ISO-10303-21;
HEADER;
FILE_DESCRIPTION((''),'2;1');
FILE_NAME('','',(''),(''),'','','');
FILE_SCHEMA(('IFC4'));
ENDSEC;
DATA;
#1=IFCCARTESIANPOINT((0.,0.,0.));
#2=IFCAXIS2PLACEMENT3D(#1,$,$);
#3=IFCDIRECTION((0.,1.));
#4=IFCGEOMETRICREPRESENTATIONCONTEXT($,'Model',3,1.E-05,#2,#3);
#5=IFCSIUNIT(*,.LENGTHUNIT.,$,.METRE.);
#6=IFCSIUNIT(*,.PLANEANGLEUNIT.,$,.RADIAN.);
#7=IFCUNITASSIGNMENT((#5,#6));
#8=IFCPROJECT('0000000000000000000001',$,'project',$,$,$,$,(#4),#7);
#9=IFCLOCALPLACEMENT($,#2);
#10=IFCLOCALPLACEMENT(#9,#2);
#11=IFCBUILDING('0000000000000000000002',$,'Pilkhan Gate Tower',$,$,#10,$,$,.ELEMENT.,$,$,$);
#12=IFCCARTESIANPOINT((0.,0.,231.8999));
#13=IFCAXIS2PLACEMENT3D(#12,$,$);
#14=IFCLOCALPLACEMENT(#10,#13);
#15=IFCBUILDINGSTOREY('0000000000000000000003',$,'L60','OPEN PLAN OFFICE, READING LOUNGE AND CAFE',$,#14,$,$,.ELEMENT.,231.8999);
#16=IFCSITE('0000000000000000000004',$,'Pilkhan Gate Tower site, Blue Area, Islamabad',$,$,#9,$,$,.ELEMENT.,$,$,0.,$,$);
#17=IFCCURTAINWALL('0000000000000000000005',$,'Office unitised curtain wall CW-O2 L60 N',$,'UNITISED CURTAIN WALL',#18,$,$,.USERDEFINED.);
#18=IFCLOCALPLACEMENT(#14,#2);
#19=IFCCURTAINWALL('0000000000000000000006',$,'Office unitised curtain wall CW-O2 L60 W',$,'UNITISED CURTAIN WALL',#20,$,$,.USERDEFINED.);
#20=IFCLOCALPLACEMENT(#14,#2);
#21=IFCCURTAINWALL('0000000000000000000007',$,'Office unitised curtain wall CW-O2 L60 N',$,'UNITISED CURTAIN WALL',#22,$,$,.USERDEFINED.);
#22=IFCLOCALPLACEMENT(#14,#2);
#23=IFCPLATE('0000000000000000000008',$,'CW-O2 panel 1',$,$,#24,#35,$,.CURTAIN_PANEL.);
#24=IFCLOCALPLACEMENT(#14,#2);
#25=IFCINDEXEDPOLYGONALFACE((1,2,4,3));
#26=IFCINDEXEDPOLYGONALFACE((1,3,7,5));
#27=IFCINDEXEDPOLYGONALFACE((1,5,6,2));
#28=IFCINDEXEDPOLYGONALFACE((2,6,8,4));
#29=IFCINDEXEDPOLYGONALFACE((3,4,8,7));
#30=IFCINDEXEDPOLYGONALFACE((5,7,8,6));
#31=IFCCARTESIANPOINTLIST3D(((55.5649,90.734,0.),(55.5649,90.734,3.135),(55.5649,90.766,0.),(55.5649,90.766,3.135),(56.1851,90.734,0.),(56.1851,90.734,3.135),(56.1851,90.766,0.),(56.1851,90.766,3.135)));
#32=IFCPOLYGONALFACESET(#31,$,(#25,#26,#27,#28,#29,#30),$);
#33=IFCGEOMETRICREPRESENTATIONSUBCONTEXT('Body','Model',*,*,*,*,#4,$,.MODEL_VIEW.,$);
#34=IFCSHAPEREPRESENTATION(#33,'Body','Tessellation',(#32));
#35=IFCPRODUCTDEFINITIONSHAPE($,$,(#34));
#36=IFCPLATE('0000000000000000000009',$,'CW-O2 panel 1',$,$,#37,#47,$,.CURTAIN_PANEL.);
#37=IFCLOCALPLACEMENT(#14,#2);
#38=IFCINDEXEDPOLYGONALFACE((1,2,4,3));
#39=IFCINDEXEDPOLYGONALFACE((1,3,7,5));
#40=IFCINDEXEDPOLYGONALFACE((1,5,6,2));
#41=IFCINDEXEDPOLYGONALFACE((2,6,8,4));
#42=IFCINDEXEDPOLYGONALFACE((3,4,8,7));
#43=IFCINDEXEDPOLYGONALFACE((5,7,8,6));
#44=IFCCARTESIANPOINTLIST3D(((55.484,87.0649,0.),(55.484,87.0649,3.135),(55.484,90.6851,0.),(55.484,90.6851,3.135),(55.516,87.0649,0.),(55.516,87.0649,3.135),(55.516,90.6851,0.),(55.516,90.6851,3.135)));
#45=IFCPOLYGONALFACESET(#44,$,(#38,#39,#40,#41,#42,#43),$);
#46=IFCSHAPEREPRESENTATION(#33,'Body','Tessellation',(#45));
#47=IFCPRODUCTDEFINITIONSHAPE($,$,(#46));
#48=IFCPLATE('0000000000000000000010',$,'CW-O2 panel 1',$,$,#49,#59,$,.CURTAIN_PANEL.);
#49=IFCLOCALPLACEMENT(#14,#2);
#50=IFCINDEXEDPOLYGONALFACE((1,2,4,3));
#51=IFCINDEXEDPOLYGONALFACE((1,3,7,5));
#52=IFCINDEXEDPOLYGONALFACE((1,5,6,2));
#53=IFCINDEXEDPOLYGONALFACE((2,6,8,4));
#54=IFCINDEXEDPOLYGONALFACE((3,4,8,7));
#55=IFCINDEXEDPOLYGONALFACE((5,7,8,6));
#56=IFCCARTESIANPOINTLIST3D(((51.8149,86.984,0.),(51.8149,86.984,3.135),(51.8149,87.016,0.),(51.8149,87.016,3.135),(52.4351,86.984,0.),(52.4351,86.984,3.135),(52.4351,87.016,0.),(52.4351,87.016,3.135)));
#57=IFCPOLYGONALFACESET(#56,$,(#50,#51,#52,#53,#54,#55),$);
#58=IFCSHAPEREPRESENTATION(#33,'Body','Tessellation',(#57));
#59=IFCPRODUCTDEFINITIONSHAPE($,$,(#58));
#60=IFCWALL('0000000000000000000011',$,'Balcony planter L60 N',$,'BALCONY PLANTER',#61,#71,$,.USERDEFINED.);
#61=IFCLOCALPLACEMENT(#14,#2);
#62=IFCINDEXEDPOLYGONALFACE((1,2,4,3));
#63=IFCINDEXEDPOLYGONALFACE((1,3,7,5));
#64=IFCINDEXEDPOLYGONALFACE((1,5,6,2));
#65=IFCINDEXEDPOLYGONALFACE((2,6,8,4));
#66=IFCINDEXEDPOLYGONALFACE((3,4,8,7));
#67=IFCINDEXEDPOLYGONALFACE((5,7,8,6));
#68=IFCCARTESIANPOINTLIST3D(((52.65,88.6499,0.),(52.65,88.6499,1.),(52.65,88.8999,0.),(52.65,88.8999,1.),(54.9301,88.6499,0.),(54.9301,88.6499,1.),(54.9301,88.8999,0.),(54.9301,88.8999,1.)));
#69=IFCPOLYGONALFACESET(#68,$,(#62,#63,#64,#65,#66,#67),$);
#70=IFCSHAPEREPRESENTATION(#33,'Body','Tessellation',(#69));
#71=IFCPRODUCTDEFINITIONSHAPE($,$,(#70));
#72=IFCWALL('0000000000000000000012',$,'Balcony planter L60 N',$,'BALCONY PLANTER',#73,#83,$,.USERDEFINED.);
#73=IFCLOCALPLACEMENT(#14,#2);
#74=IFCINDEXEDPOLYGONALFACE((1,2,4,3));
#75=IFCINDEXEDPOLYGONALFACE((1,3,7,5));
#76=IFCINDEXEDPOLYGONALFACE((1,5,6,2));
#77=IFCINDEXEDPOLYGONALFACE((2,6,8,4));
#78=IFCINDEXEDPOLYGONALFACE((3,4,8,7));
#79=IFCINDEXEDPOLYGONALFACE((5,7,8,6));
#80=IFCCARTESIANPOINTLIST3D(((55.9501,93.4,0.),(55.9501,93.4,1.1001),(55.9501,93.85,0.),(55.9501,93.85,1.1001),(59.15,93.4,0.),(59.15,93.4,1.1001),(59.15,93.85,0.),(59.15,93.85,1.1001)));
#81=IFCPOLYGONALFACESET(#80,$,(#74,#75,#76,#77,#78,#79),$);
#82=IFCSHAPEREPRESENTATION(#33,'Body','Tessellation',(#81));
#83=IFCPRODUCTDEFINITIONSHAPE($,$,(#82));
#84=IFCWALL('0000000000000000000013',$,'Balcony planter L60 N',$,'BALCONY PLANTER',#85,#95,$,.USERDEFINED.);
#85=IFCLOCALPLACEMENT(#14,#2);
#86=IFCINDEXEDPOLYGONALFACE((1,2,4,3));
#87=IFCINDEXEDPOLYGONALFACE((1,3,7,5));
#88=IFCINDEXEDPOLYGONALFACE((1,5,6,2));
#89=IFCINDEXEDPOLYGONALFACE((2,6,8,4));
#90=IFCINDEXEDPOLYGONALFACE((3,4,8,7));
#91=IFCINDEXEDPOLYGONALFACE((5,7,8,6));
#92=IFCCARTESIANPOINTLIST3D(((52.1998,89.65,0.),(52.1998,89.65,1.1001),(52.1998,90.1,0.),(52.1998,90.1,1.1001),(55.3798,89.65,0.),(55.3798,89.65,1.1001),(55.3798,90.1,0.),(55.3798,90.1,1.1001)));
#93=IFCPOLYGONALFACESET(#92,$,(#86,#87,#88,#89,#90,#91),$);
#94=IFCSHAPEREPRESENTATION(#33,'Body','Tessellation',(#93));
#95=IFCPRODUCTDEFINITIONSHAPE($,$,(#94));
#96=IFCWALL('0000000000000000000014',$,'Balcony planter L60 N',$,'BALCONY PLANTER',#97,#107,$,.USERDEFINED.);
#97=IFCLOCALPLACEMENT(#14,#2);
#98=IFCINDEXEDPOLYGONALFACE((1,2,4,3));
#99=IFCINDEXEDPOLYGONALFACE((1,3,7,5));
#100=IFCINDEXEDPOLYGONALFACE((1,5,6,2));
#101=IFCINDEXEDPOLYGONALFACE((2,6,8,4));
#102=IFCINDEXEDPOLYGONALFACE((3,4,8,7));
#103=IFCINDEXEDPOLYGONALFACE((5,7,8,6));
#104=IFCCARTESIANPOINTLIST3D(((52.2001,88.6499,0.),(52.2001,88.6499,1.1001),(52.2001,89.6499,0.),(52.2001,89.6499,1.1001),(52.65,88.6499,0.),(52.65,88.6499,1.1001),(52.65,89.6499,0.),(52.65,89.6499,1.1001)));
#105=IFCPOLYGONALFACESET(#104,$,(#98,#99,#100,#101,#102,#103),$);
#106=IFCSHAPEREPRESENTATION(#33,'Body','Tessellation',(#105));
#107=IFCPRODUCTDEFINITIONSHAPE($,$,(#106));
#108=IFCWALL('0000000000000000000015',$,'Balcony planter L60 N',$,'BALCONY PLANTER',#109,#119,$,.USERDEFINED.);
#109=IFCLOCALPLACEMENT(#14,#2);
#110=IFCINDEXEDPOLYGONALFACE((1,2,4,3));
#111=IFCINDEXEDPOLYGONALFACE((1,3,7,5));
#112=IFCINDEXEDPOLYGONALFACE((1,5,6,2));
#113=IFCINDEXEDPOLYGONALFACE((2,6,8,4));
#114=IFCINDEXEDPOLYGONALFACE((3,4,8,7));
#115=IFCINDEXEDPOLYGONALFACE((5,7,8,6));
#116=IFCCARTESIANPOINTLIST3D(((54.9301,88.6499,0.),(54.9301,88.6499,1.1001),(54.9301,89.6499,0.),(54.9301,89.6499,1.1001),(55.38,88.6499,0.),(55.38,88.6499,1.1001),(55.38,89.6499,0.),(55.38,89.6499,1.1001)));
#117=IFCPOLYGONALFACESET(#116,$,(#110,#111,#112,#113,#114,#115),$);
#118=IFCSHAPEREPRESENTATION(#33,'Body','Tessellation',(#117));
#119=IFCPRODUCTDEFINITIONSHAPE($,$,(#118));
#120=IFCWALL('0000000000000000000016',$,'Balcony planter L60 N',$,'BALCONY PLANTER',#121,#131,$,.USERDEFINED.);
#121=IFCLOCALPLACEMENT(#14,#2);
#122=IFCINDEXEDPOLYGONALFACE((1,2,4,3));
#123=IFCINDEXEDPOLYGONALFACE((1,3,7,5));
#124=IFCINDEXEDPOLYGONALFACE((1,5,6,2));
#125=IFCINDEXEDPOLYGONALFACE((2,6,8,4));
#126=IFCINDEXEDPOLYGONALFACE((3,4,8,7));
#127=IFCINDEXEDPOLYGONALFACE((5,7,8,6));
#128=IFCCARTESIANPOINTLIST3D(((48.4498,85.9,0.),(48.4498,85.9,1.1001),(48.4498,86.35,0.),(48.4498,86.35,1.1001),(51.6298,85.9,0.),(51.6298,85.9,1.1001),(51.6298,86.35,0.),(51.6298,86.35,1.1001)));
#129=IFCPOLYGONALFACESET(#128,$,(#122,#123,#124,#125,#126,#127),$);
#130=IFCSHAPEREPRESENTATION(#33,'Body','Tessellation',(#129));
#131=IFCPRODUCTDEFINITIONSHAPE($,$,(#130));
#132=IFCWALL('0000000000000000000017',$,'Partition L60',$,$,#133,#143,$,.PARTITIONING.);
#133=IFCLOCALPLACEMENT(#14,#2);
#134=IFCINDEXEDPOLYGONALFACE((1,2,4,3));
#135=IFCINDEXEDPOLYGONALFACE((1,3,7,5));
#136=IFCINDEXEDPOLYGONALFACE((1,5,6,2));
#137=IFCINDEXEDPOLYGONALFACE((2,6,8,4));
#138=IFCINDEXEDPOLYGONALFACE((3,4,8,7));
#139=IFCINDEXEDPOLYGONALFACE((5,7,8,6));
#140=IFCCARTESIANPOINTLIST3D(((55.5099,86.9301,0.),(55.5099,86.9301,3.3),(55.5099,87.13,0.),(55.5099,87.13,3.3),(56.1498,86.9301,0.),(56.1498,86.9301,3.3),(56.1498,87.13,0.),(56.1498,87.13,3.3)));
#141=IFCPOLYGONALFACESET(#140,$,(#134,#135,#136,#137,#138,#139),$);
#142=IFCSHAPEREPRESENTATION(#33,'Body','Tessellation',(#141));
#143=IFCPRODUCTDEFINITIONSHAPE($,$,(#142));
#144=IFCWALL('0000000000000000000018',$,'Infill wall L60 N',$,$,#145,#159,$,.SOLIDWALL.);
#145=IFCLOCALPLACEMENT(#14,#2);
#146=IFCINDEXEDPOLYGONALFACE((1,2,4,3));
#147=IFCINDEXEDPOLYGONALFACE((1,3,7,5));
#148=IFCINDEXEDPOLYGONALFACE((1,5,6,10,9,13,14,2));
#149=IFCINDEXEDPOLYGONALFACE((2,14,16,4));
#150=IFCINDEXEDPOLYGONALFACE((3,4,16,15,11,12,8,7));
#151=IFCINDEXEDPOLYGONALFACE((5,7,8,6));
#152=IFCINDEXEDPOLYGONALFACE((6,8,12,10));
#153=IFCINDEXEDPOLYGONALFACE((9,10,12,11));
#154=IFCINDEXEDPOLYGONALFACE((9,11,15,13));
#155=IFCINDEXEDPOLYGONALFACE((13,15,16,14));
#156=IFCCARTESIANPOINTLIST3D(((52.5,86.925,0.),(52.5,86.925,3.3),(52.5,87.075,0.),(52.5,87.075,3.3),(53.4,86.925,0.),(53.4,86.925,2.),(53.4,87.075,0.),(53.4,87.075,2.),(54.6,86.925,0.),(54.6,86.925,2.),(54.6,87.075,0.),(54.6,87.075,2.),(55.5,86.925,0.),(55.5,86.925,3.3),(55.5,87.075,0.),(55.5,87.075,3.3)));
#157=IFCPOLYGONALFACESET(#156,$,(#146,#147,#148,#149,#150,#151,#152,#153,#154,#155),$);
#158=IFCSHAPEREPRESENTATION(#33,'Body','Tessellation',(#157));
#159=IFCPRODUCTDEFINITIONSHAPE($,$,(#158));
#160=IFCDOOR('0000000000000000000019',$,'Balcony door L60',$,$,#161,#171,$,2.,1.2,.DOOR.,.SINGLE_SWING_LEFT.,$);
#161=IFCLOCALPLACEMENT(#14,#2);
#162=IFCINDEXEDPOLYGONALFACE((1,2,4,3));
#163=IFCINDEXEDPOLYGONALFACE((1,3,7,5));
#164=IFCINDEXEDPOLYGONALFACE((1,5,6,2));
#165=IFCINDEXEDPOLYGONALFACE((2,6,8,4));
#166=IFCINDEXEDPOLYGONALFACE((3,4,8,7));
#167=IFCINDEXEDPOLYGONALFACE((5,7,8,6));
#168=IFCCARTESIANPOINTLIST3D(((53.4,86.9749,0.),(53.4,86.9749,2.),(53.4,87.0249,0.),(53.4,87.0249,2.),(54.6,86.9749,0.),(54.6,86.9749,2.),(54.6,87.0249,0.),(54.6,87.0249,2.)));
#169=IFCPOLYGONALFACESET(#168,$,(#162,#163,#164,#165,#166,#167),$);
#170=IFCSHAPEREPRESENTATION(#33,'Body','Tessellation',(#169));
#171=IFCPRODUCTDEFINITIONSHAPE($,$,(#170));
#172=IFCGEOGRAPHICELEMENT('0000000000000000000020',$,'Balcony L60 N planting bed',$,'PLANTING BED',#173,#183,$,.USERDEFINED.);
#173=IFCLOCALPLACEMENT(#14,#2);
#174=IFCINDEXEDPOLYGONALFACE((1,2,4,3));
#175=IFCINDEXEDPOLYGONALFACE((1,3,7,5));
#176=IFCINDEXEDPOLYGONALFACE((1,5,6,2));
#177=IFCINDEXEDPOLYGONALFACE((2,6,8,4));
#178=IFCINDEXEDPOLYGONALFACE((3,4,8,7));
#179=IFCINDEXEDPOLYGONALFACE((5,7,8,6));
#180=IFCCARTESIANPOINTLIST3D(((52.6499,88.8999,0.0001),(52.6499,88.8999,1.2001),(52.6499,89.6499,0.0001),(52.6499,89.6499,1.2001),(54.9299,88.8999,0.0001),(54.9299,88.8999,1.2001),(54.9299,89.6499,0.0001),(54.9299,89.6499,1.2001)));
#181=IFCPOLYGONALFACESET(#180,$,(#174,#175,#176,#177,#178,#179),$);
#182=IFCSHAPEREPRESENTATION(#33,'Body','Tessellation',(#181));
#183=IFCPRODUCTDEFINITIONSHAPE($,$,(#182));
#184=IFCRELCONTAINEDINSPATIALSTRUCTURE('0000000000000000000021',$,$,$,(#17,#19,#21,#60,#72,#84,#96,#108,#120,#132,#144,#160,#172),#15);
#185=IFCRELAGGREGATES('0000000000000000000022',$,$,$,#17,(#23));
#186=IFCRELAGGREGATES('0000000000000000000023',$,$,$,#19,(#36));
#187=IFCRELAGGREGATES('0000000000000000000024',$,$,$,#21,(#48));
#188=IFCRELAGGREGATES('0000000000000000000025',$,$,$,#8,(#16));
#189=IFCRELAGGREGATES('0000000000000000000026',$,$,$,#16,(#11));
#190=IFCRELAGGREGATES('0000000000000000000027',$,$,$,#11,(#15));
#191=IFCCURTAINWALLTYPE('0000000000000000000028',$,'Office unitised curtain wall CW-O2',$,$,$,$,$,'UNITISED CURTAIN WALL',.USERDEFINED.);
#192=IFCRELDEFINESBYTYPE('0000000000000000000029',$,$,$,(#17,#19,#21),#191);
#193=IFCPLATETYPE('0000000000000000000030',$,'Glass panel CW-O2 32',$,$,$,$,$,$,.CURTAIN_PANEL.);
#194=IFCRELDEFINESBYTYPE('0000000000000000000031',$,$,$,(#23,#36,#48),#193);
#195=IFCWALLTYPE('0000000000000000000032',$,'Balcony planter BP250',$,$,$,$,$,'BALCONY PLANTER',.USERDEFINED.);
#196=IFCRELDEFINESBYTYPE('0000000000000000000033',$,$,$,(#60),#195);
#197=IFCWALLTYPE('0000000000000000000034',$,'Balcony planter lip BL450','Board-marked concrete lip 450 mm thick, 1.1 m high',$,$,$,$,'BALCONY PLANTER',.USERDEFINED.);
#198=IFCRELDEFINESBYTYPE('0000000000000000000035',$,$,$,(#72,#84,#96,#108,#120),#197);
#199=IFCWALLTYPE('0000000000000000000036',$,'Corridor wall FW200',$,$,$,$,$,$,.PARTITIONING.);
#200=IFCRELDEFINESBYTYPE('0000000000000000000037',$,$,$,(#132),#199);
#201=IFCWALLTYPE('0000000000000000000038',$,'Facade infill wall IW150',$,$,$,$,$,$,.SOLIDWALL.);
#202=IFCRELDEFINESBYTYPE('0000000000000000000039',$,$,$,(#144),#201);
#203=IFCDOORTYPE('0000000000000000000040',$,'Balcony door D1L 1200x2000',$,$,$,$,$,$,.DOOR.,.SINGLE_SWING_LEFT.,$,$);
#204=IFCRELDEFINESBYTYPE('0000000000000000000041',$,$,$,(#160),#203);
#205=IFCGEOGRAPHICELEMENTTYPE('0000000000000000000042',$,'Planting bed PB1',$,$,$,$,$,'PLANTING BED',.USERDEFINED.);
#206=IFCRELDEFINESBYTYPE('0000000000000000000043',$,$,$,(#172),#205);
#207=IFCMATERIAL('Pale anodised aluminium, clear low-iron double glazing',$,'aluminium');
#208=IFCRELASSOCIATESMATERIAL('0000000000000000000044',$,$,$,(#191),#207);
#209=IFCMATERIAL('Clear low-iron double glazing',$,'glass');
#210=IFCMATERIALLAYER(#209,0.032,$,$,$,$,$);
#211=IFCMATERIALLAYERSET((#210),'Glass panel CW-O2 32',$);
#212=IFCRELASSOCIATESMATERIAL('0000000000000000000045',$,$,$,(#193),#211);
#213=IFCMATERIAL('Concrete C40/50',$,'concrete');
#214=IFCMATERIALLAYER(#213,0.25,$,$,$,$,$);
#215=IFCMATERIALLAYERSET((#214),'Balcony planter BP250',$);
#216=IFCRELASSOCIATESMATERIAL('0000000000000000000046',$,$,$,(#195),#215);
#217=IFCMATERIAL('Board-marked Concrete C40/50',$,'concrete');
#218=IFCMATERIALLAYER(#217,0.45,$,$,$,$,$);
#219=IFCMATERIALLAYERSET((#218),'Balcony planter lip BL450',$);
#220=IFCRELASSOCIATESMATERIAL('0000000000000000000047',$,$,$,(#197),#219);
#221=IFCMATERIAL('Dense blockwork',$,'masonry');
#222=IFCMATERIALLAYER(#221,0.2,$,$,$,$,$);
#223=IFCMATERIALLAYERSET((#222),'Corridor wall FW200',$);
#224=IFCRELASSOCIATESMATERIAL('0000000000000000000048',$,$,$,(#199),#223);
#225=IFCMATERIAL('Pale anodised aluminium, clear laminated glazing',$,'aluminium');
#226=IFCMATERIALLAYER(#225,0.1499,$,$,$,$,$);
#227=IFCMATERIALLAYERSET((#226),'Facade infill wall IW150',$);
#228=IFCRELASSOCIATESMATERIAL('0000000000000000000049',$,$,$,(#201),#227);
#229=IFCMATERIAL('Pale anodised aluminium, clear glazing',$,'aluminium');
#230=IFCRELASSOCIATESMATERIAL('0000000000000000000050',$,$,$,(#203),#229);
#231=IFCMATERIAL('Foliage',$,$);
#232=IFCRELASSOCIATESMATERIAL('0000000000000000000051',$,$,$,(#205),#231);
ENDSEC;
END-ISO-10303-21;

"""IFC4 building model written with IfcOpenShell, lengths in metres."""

from ifc_helpers import new_model, si_unit, direction, frame, frame_2d, origin, origin_2d, place, context, subcontext, project, spatial, rectangle, extrude, material, layer, layer_set, material_profile, profile_set, type_object, element, fill, aggregate, save


model = new_model("IFC4")

# Units and contexts
model_context = context("Model", 3, precision=1e-05, world=origin(), true_north=direction((0.0, 1.0)))
body_context = subcontext(model_context, "Body", "Model", "MODEL_VIEW")
ifc_project = project(units=[si_unit("LENGTHUNIT", "METRE"), si_unit("PLANEANGLEUNIT", "RADIAN")], contexts=[model_context])

# Site, building, storey
site_placement = place(None, origin())
site = spatial("IfcSite", under=ifc_project, at=site_placement, Name="Pilkhan Gate Tower site, Blue Area, Islamabad", CompositionType="ELEMENT", RefElevation=0.0)
building_placement = place(site_placement, origin())
building = spatial("IfcBuilding", under=site, at=building_placement, Name="Pilkhan Gate Tower", CompositionType="ELEMENT")
storey_placement = place(building_placement, frame((0.0, 0.0, 231.8999)))
storey = spatial("IfcBuildingStorey", under=building, at=storey_placement, Name="L60", Description="OPEN PLAN OFFICE, READING LOUNGE AND CAFE", CompositionType="ELEMENT", Elevation=231.8999)

# Curtain wall
ifc_material_1 = material(Name="Pale anodised aluminium, clear low-iron double glazing", Category="aluminium")
curtain_wall_type = type_object("IfcCurtainWallType", Name="Office unitised curtain wall CW-O2", ElementType="UNITISED CURTAIN WALL", PredefinedType="USERDEFINED", material=ifc_material_1)
curtain_wall_1_placement = place(storey_placement, origin())
curtain_wall_1 = element("IfcCurtainWall", 1, at=curtain_wall_1_placement, inside=storey, type_object=curtain_wall_type, Name="Office unitised curtain wall CW-O2 L60 N", ObjectType="UNITISED CURTAIN WALL", PredefinedType="USERDEFINED")

# Curtain walls
curtain_wall_2_placement = place(storey_placement, origin())
curtain_wall_2 = element("IfcCurtainWall", 2, at=curtain_wall_2_placement, inside=storey, type_object=curtain_wall_type, Name="Office unitised curtain wall CW-O2 L60 W", ObjectType="UNITISED CURTAIN WALL", PredefinedType="USERDEFINED")
curtain_wall_3_placement = place(storey_placement, origin())
curtain_wall_3 = element("IfcCurtainWall", 3, at=curtain_wall_3_placement, inside=storey, type_object=curtain_wall_type, Name="Office unitised curtain wall CW-O2 L60 N", ObjectType="UNITISED CURTAIN WALL", PredefinedType="USERDEFINED")

# Plates
ifc_material_2 = material(Name="Clear low-iron double glazing", Category="glass")
ifc_layer_1 = layer(ifc_material_2, 0.032)
ifc_layer_set_1 = layer_set([ifc_layer_1], Name="Glass panel CW-O2 32")
plate_type = type_object("IfcPlateType", Name="Glass panel CW-O2 32", PredefinedType="CURTAIN_PANEL", material=ifc_layer_set_1)
plate_1_placement = place(storey_placement, frame((55.875, 90.75, 0.0), z_axis=(0.0, 0.0, 1.0), x_axis=(1.0, 0.0, 0.0)))
plate_1 = element("IfcPlate", 4, at=plate_1_placement, type_object=plate_type, Name="CW-O2 panel 1", PredefinedType="CURTAIN_PANEL", context=body_context, shape_type="SweptSolid", body=[
    extrude(rectangle(XDim=0.6201, YDim=0.032, at=origin_2d()), origin(), (0.0, 0.0, 1.0), 3.135),
])
aggregate(curtain_wall_1, [plate_1])
plate_2_placement = place(storey_placement, frame((55.5, 88.875, 0.0), z_axis=(0.0, 0.0, 1.0), x_axis=(0.0, 1.0, 0.0)))
plate_2 = element("IfcPlate", 5, at=plate_2_placement, type_object=plate_type, Name="CW-O2 panel 1", PredefinedType="CURTAIN_PANEL", context=body_context, shape_type="SweptSolid", body=[
    extrude(rectangle(XDim=3.6201, YDim=0.032, at=origin_2d()), origin(), (0.0, 0.0, 1.0), 3.135),
])
aggregate(curtain_wall_2, [plate_2])
plate_3_placement = place(storey_placement, frame((52.125, 87.0, 0.0), z_axis=(0.0, 0.0, 1.0), x_axis=(1.0, 0.0, 0.0)))
plate_3 = element("IfcPlate", 6, at=plate_3_placement, type_object=plate_type, Name="CW-O2 panel 1", PredefinedType="CURTAIN_PANEL", context=body_context, shape_type="SweptSolid", body=[
    extrude(rectangle(XDim=0.6201, YDim=0.032, at=origin_2d()), origin(), (0.0, 0.0, 1.0), 3.135),
])
aggregate(curtain_wall_3, [plate_3])

# Walls
ifc_material_3 = material(Name="Concrete C40/50", Category="concrete")
ifc_layer_2 = layer(ifc_material_3, 0.25)
ifc_layer_set_2 = layer_set([ifc_layer_2], Name="Balcony planter BP250")
wall_type_1 = type_object("IfcWallType", Name="Balcony planter BP250", ElementType="BALCONY PLANTER", PredefinedType="USERDEFINED", material=ifc_layer_set_2)
wall_1_placement = place(storey_placement, frame((52.6499, 88.7749, 0.0), z_axis=(0.0, 0.0, 1.0), x_axis=(1.0, 0.0, 0.0)))
element("IfcWall", 7, at=wall_1_placement, inside=storey, type_object=wall_type_1, Name="Balcony planter L60 N", ObjectType="BALCONY PLANTER", PredefinedType="USERDEFINED", context=body_context, shape_type="SweptSolid", body=[
    extrude(rectangle(XDim=2.28, YDim=0.25, at=frame_2d((1.1401, 0.0))), origin(), (0.0, 0.0, 1.0), 1.0),
])
ifc_material_4 = material(Name="Board-marked Concrete C40/50", Category="concrete")
ifc_layer_3 = layer(ifc_material_4, 0.45)
ifc_layer_set_3 = layer_set([ifc_layer_3], Name="Balcony planter lip BL450")
wall_type_2 = type_object("IfcWallType", Name="Balcony planter lip BL450", Description="Board-marked concrete lip 450 mm thick, 1.1 m high", ElementType="BALCONY PLANTER", PredefinedType="USERDEFINED", material=ifc_layer_set_3)
wall_2_placement = place(storey_placement, frame((55.95, 93.625, 0.0), z_axis=(0.0, 0.0, 1.0), x_axis=(1.0, 0.0, 0.0)))
element("IfcWall", 8, at=wall_2_placement, inside=storey, type_object=wall_type_2, Name="Balcony planter L60 N", ObjectType="BALCONY PLANTER", PredefinedType="USERDEFINED", context=body_context, shape_type="SweptSolid", body=[
    extrude(rectangle(XDim=3.2, YDim=0.45, at=frame_2d((1.6001, 0.0))), origin(), (0.0, 0.0, 1.0), 1.1001),
])
wall_3_placement = place(storey_placement, frame((52.2, 89.875, 0.0), z_axis=(0.0, 0.0, 1.0), x_axis=(1.0, 0.0, 0.0)))
element("IfcWall", 9, at=wall_3_placement, inside=storey, type_object=wall_type_2, Name="Balcony planter L60 N", ObjectType="BALCONY PLANTER", PredefinedType="USERDEFINED", context=body_context, shape_type="SweptSolid", body=[
    extrude(rectangle(XDim=3.1799, YDim=0.45, at=frame_2d((1.5898, 0.0))), origin(), (0.0, 0.0, 1.0), 1.1001),
])
for number, where, z_axis, x_axis, name in (
    (10, (52.425, 88.6499, 0.0), (0.0, 0.0, 1.0), (0.0, 1.0, 0.0), "Balcony planter L60 N"),
    (11, (55.155, 88.6499, 0.0), (0.0, 0.0, 1.0), (0.0, 1.0, 0.0), "Balcony planter L60 N"),
):
    element("IfcWall", number, at=place(storey_placement, frame(where, z_axis=z_axis, x_axis=x_axis)), inside=storey, type_object=wall_type_2, Name=name, ObjectType="BALCONY PLANTER", PredefinedType="USERDEFINED", context=body_context, shape_type="SweptSolid", body=[
        extrude(rectangle(XDim=1.0, YDim=0.45, at=frame_2d((0.5, 0.0))), origin(), (0.0, 0.0, 1.0), 1.1001),
    ])
wall_4_placement = place(storey_placement, frame((48.45, 86.125, 0.0), z_axis=(0.0, 0.0, 1.0), x_axis=(1.0, 0.0, 0.0)))
element("IfcWall", 12, at=wall_4_placement, inside=storey, type_object=wall_type_2, Name="Balcony planter L60 N", ObjectType="BALCONY PLANTER", PredefinedType="USERDEFINED", context=body_context, shape_type="SweptSolid", body=[
    extrude(rectangle(XDim=3.1799, YDim=0.45, at=frame_2d((1.5898, 0.0))), origin(), (0.0, 0.0, 1.0), 1.1001),
])
ifc_material_5 = material(Name="Dense blockwork", Category="masonry")
ifc_layer_4 = layer(ifc_material_5, 0.2)
ifc_layer_set_4 = layer_set([ifc_layer_4], Name="Corridor wall FW200")
wall_type_3 = type_object("IfcWallType", Name="Corridor wall FW200", PredefinedType="PARTITIONING", material=ifc_layer_set_4)
wall_5_placement = place(storey_placement, frame((55.51, 87.03, 0.0), z_axis=(0.0, 0.0, 1.0), x_axis=(1.0, 0.0, 0.0)))
element("IfcWall", 13, at=wall_5_placement, inside=storey, type_object=wall_type_3, Name="Partition L60", PredefinedType="PARTITIONING", context=body_context, shape_type="SweptSolid", body=[
    extrude(rectangle(XDim=0.6399, YDim=0.2, at=frame_2d((0.3198, 0.0))), origin(), (0.0, 0.0, 1.0), 3.3),
])

# Wall, opening, door
ifc_material_6 = material(Name="Pale anodised aluminium, clear laminated glazing", Category="aluminium")
ifc_layer_5 = layer(ifc_material_6, 0.1499)
ifc_layer_set_5 = layer_set([ifc_layer_5], Name="Facade infill wall IW150")
wall_type_4 = type_object("IfcWallType", Name="Facade infill wall IW150", PredefinedType="SOLIDWALL", material=ifc_layer_set_5)
wall_6_placement = place(storey_placement, frame((52.5, 87.0, 0.0), z_axis=(0.0, 0.0, 1.0), x_axis=(1.0, 0.0, 0.0)))
wall_6 = element("IfcWall", 14, at=wall_6_placement, inside=storey, type_object=wall_type_4, Name="Infill wall L60 N", PredefinedType="SOLIDWALL", context=body_context, shape_type="SweptSolid", body=[
    extrude(rectangle(XDim=3.0, YDim=0.1499, at=frame_2d((1.5, 0.0))), origin(), (0.0, 0.0, 1.0), 3.3),
])
opening_placement = place(wall_6_placement, frame((0.8999, 0.0, 0.0)))
opening = element("IfcOpeningElement", 15, at=opening_placement, cuts=wall_6, PredefinedType="OPENING", context=body_context, shape_type="SweptSolid", body=[
    extrude(rectangle(XDim=1.2, YDim=2.0, at=frame_2d((0.6001, 1.0))), frame((0.0, 0.085, 0.0), z_axis=(0.0, -1.0, 0.0), x_axis=(1.0, 0.0, 0.0)), (0.0, 0.0, 1.0), 0.1699),
])
ifc_material_7 = material(Name="Pale anodised aluminium, clear glazing", Category="aluminium")
door_type = type_object("IfcDoorType", Name="Balcony door D1L 1200x2000", OperationType="SINGLE_SWING_LEFT", PredefinedType="DOOR", material=ifc_material_7)
door_placement = place(opening_placement, origin())
door = element("IfcDoor", 16, at=door_placement, inside=storey, type_object=door_type, Name="Balcony door L60", OperationType="SINGLE_SWING_LEFT", OverallHeight=2.0, OverallWidth=1.2, PredefinedType="DOOR", context=body_context, shape_type="SweptSolid", body=[
    extrude(rectangle(XDim=1.2, YDim=2.0, at=frame_2d((0.6001, 1.0))), frame((0.0, 0.0249, 0.0), z_axis=(0.0, -1.0, 0.0), x_axis=(1.0, 0.0, 0.0)), (0.0, 0.0, 1.0), 0.05),
])
fill(opening, door)

# Geographic element
ifc_material_8 = material(Name="Foliage")
ifc_material_profile_1 = material_profile(ifc_material_8, rectangle(XDim=0.75, YDim=1.2, at=origin_2d()), Name="Bed 750x1200")
ifc_profile_set_1 = profile_set([ifc_material_profile_1], Name="Foliage")
geographic_element_type_1 = type_object("IfcGeographicElementType", Name="Planting bed PB1", ElementType="PLANTING BED", PredefinedType="USERDEFINED", material=ifc_profile_set_1)
geographic_element_placement = place(storey_placement, frame((52.6499, 89.2749, 0.6001), z_axis=(1.0, 0.0, 0.0), x_axis=(0.0, 1.0, 0.0)))
element("IfcGeographicElement", 17, at=geographic_element_placement, inside=storey, type_object=geographic_element_type_1, Name="Balcony L60 N planting bed", ObjectType="PLANTING BED", PredefinedType="USERDEFINED", context=body_context, shape_type="SweptSolid", body=[
    extrude(rectangle(XDim=0.75, YDim=1.2, at=origin_2d()), origin(), (0.0, 0.0, 1.0), 2.28),
])

save(model, "model.ifc")
